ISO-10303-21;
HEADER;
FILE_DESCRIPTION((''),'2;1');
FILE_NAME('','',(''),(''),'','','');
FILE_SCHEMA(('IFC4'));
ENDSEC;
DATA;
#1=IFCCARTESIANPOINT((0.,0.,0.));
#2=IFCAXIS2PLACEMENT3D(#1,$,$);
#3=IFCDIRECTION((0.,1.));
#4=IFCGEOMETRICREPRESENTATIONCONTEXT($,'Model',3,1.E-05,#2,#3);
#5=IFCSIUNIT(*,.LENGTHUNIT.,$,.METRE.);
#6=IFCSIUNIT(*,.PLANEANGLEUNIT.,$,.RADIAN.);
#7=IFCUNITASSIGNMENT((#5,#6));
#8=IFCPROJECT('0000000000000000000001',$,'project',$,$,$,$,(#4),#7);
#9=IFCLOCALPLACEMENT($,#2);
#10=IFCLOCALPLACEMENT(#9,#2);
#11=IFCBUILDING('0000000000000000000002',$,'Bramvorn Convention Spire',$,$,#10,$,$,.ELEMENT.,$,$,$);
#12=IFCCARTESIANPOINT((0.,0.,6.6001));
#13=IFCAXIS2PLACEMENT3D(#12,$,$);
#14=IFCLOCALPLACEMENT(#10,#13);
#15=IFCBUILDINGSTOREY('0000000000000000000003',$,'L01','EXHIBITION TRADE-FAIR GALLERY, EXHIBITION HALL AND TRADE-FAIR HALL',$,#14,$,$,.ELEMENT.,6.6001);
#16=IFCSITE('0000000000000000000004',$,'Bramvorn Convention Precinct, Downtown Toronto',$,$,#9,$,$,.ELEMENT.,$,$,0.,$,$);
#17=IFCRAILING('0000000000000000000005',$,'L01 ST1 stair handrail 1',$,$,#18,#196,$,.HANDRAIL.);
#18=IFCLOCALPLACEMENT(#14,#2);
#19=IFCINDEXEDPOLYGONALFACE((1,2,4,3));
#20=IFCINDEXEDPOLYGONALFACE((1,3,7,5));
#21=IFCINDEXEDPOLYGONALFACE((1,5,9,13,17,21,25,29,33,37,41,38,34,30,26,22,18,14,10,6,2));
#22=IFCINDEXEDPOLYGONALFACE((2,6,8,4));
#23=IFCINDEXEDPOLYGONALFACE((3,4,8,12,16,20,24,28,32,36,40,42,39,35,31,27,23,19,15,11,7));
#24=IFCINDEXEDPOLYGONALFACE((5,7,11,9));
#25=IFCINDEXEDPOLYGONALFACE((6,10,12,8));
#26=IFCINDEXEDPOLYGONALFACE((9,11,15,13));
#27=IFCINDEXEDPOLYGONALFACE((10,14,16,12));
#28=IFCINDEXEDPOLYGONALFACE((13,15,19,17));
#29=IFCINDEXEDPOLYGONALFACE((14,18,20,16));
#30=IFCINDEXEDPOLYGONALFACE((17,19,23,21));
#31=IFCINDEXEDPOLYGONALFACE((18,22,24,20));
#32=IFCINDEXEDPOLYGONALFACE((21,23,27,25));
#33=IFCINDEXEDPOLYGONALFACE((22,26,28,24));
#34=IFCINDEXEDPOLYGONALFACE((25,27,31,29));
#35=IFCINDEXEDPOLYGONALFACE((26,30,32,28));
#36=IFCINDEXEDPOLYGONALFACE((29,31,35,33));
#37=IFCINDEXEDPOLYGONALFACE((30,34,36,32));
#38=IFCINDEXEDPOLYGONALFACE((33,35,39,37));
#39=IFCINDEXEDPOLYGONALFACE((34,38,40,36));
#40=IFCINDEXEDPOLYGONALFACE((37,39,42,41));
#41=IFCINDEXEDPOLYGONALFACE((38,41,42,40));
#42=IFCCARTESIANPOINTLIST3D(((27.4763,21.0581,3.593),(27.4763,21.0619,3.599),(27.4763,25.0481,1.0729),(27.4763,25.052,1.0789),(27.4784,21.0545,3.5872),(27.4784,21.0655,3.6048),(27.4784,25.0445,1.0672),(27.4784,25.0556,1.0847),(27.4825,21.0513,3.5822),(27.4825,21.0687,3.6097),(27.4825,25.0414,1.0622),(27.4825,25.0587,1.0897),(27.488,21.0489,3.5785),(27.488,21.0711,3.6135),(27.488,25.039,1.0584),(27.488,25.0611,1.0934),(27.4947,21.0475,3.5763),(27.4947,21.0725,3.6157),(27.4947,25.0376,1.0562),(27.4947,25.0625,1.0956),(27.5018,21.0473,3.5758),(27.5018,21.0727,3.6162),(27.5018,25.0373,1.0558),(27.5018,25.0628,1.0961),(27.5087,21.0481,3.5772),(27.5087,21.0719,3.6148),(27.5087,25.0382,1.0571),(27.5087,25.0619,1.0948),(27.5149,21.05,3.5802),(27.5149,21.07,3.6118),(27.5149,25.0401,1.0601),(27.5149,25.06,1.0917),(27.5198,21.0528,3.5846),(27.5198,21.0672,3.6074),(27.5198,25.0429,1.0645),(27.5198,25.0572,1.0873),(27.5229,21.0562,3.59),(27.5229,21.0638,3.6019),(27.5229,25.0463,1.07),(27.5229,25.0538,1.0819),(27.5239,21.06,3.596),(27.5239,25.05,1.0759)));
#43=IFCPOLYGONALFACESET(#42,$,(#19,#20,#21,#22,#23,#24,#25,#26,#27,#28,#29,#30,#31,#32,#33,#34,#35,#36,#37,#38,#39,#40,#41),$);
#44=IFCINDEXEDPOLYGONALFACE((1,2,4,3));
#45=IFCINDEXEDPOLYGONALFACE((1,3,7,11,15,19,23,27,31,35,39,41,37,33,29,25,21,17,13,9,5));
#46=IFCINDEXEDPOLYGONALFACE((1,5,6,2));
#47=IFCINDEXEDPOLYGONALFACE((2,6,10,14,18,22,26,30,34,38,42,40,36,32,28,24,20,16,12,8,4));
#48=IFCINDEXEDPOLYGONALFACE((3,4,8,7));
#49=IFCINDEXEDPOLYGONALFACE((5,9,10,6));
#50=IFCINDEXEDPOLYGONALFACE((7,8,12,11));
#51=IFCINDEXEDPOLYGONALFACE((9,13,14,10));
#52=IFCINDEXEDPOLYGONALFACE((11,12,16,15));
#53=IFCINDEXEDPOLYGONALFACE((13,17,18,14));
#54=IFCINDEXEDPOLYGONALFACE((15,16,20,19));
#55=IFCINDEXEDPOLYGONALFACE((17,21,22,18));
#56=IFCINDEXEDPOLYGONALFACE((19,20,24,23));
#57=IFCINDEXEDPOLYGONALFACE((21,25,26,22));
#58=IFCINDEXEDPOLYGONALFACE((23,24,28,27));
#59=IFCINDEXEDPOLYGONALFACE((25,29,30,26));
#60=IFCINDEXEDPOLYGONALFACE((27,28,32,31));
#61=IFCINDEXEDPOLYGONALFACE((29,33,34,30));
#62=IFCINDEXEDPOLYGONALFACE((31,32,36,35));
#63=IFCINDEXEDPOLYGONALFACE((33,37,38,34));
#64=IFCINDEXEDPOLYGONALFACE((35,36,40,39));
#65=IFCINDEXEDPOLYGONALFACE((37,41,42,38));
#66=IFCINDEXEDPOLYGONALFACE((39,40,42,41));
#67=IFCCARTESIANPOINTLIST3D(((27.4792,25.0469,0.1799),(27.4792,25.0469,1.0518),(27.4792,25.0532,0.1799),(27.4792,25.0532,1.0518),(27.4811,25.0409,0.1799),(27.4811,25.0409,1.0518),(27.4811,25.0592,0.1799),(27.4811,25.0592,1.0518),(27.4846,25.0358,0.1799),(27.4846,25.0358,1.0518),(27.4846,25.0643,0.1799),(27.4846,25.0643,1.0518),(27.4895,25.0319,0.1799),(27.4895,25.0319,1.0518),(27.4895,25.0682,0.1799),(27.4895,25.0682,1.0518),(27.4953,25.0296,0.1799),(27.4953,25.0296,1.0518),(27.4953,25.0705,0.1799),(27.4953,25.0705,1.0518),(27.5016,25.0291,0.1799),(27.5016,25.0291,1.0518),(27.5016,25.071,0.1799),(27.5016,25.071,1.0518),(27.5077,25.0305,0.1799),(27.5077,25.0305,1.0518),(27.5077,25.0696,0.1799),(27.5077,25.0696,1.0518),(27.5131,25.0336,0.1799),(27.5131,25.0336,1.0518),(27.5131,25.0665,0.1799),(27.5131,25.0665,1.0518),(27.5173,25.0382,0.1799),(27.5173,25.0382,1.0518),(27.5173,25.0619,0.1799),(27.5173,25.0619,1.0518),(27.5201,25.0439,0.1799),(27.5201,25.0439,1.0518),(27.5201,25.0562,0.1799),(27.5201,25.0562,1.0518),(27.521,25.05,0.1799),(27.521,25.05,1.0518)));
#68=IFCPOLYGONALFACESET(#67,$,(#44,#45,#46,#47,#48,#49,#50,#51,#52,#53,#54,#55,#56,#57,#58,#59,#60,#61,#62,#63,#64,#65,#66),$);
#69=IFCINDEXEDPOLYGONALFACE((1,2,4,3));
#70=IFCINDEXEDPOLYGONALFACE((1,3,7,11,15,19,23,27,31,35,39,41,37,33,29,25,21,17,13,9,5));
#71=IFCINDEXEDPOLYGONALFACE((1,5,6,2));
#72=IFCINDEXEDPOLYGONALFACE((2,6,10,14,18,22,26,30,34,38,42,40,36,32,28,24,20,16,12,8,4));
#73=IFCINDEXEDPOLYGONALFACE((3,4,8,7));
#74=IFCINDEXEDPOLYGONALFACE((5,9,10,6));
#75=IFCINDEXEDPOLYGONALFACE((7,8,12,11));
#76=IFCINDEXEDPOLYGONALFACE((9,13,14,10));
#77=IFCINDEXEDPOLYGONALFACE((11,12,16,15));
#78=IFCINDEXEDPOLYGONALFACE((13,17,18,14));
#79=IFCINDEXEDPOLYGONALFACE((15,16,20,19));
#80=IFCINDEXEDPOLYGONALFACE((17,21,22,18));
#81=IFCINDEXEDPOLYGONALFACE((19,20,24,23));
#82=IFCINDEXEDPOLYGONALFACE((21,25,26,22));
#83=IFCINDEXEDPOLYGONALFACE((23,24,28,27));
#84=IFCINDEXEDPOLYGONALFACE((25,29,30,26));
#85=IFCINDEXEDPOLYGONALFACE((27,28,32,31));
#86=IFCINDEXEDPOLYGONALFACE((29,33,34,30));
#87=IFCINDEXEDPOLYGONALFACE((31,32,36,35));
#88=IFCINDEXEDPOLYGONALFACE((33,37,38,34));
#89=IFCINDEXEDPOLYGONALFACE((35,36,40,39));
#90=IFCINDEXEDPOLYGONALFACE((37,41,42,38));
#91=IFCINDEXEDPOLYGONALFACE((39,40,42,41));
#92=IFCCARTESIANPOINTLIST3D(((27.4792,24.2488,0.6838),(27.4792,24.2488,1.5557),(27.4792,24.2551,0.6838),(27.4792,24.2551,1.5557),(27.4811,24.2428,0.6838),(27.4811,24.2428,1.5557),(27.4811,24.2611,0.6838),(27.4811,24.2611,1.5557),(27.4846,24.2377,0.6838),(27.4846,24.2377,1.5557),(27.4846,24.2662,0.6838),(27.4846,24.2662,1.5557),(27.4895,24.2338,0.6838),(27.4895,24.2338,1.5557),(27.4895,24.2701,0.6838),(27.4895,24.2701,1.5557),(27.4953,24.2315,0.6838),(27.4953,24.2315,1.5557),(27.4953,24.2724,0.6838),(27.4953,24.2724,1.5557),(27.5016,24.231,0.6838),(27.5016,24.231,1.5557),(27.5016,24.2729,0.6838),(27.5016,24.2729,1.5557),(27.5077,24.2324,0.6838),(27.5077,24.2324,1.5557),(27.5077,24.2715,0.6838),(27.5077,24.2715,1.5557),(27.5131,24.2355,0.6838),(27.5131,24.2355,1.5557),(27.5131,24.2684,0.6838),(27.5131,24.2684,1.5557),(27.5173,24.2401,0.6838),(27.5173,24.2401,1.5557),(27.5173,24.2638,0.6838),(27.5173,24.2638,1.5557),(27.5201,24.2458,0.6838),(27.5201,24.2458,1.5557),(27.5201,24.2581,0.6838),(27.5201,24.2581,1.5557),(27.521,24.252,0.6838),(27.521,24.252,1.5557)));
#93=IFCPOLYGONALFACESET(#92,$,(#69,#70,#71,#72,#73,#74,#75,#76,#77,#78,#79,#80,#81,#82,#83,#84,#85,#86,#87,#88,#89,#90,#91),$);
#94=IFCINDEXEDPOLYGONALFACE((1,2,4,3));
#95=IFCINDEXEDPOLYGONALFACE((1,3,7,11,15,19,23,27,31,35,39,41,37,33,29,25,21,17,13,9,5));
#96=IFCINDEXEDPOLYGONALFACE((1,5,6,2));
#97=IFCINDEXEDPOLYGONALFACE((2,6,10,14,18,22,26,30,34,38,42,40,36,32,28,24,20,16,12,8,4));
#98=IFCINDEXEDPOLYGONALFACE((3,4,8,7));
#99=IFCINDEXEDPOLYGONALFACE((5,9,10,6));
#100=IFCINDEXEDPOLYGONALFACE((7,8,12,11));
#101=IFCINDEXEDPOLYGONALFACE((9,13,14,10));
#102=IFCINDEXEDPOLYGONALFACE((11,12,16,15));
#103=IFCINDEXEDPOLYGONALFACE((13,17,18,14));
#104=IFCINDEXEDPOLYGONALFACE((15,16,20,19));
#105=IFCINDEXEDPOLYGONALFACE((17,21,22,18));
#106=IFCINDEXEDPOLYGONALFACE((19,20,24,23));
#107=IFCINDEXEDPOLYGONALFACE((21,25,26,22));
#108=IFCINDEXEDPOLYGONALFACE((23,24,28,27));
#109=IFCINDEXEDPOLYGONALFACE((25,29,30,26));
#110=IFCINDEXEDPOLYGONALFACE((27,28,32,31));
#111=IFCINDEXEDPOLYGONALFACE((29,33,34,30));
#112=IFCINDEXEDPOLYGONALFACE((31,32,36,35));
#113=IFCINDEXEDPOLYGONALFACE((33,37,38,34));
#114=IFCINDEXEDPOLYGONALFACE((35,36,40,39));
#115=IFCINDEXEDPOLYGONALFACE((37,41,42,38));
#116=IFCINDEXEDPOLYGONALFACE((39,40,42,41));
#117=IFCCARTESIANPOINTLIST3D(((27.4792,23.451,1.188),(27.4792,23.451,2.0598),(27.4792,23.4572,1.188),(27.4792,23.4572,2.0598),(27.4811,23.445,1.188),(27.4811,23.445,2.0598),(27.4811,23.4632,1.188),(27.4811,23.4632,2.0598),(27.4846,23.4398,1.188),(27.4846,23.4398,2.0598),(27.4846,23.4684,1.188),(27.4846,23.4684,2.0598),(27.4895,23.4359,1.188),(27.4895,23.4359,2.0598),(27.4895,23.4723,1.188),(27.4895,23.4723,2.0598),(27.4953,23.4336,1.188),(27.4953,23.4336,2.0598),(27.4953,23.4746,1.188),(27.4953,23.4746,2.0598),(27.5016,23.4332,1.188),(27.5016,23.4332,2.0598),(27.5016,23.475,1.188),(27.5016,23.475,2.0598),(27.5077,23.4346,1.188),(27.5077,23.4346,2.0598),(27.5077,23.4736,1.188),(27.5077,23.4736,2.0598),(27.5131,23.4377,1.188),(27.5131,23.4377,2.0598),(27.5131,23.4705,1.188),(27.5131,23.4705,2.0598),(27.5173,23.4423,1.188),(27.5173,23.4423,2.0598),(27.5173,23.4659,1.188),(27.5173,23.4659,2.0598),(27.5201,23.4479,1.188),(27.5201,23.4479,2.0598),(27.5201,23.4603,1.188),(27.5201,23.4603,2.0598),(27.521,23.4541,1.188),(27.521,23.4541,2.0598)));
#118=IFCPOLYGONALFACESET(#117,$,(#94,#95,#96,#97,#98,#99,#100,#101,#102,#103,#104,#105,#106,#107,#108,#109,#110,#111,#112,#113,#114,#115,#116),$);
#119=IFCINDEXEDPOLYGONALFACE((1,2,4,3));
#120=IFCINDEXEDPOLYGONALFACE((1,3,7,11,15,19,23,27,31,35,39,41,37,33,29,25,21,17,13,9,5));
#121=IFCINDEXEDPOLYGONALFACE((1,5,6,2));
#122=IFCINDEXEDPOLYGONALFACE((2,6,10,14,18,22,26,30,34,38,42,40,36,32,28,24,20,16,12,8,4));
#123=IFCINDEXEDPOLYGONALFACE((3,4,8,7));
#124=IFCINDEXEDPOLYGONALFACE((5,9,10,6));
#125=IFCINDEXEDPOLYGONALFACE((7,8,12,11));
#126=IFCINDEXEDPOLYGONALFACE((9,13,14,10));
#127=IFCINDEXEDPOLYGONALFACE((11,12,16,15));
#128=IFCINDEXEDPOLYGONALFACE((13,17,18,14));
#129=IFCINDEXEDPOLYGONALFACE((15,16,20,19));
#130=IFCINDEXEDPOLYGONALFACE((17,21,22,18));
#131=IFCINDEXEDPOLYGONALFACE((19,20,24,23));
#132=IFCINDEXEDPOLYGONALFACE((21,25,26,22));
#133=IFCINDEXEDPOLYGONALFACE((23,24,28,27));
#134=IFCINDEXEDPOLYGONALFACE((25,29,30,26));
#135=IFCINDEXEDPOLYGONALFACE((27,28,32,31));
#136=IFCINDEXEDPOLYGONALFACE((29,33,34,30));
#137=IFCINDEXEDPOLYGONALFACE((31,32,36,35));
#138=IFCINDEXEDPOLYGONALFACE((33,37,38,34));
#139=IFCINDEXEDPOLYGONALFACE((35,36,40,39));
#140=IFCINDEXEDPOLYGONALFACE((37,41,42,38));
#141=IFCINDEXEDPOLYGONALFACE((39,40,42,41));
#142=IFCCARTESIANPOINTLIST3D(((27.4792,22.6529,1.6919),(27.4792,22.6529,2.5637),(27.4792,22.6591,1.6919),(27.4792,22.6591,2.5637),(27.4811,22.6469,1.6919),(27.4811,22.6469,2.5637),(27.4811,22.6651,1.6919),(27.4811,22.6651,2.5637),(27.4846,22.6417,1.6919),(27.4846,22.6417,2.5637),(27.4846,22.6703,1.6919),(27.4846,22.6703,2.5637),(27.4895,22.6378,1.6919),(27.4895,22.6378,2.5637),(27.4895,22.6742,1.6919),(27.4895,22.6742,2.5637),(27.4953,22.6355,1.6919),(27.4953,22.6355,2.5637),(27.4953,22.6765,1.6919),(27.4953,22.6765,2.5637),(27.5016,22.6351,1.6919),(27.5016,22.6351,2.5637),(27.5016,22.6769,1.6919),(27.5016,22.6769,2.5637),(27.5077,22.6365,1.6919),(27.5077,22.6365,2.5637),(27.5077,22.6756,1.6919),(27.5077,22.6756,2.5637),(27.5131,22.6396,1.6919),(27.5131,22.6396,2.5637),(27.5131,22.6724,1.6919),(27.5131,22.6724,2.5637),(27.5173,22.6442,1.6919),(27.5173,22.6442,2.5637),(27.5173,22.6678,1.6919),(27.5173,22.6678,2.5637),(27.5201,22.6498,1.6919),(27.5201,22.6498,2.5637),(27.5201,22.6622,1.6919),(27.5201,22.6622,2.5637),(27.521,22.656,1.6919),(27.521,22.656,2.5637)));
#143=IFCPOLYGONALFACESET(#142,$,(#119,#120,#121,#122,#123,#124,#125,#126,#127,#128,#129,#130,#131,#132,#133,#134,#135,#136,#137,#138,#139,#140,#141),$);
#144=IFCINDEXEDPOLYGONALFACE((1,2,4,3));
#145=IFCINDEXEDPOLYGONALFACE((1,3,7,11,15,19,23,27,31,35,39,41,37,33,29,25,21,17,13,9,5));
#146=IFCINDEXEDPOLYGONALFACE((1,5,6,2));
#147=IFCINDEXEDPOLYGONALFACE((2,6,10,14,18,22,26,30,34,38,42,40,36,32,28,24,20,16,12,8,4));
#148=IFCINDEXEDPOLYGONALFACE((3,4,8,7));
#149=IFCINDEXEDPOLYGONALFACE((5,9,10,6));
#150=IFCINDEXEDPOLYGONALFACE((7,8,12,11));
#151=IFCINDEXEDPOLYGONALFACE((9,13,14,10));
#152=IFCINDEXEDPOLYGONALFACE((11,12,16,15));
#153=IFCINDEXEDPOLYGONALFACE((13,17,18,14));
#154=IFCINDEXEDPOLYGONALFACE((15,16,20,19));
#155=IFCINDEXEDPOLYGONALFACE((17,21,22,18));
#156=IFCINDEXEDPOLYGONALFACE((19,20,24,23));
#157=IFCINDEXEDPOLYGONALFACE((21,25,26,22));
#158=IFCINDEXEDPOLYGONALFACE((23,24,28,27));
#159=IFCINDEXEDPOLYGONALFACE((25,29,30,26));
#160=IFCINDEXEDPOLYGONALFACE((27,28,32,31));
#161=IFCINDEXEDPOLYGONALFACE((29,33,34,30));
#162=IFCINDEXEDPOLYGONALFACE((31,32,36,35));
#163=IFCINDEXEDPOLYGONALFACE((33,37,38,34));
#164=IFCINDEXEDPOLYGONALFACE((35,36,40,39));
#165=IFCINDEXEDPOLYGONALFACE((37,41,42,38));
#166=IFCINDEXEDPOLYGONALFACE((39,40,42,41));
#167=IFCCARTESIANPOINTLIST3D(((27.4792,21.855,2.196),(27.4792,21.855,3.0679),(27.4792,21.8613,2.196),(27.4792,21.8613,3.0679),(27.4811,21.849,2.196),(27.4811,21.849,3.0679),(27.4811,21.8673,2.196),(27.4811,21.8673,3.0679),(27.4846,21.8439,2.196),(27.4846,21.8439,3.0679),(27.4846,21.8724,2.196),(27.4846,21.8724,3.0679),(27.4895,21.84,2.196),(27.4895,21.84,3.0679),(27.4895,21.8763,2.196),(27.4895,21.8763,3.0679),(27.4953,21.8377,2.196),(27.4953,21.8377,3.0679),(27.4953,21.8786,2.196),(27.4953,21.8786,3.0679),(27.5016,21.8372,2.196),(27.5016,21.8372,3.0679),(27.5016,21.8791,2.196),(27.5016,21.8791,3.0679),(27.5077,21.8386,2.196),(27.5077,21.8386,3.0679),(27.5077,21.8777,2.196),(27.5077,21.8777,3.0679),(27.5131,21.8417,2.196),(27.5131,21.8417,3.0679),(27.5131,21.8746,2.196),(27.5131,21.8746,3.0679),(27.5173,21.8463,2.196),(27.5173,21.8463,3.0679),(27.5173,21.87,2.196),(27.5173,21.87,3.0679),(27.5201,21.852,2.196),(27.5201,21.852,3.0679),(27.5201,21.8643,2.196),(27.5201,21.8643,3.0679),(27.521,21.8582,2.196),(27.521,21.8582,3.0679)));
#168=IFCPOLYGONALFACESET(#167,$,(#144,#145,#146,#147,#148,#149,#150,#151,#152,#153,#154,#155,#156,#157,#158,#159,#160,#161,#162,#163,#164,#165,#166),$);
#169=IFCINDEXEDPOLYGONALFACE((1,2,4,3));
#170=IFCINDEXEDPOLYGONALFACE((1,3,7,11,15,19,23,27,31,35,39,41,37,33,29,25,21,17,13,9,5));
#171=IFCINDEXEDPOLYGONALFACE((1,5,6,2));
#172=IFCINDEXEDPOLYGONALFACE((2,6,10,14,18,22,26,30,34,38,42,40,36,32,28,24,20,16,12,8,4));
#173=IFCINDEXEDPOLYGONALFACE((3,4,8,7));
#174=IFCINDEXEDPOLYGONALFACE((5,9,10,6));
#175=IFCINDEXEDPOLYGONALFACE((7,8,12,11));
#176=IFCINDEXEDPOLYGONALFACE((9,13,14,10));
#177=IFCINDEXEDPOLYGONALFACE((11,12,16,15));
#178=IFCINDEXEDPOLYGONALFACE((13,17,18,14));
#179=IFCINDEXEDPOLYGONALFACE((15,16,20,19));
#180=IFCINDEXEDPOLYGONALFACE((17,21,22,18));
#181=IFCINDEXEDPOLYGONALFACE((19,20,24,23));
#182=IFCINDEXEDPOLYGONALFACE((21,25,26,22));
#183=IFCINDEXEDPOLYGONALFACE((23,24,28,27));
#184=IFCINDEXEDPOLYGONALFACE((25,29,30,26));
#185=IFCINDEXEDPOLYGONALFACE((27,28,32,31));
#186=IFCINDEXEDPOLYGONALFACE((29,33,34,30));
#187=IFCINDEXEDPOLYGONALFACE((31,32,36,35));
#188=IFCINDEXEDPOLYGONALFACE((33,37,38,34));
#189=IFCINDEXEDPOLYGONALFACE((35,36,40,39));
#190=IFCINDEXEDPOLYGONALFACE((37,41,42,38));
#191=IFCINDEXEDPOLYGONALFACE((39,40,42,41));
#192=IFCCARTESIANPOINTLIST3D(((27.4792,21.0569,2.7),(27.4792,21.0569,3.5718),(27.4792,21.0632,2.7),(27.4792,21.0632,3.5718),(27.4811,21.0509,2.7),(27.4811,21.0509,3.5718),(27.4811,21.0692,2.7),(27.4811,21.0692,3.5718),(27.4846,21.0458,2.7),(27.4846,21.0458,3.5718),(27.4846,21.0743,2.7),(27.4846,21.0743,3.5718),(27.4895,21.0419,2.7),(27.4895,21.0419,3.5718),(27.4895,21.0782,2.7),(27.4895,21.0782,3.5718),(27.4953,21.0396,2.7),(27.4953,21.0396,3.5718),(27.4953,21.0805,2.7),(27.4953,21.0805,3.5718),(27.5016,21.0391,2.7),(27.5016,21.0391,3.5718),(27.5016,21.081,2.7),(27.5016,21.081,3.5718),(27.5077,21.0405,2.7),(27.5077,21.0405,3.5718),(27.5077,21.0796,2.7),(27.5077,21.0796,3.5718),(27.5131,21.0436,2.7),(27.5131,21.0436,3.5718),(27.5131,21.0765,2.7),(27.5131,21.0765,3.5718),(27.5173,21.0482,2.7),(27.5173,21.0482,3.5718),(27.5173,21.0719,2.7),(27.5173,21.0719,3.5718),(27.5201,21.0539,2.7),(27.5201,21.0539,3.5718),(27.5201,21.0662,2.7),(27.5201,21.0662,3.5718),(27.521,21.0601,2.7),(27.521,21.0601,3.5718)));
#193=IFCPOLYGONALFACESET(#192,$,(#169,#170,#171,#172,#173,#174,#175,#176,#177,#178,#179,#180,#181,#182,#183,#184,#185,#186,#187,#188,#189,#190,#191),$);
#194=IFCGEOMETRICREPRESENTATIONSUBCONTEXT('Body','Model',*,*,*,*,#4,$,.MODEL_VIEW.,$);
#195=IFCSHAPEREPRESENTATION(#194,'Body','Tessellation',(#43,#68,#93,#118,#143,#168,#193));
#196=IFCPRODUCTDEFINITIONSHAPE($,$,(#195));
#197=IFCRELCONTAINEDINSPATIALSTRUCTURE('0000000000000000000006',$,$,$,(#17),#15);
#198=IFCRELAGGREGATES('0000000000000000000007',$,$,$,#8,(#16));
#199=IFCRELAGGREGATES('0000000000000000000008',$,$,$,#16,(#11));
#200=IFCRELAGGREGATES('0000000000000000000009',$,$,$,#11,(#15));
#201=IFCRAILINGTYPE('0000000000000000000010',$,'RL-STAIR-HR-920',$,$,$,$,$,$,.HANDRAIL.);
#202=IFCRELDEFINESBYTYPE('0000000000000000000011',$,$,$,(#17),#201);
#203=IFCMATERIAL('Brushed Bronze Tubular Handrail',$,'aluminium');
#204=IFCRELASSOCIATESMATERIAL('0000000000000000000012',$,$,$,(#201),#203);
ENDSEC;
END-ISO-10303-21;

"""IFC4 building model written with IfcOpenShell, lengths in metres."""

from ifc_helpers import new_model, si_unit, direction, frame, origin, origin_2d, place, context, subcontext, project, spatial, circle, extrude, material, type_object, element, save


model = new_model("IFC4")

# Units and contexts
model_context = context("Model", 3, precision=1e-05, world=origin(), true_north=direction((0.0, 1.0)))
body_context = subcontext(model_context, "Body", "Model", "MODEL_VIEW")
ifc_project = project(units=[si_unit("LENGTHUNIT", "METRE"), si_unit("PLANEANGLEUNIT", "RADIAN")], contexts=[model_context])

# Site, building, storey
site_placement = place(None, origin())
site = spatial("IfcSite", under=ifc_project, at=site_placement, Name="Bramvorn Convention Precinct, Downtown Toronto", CompositionType="ELEMENT", RefElevation=0.0)
building_placement = place(site_placement, origin())
building = spatial("IfcBuilding", under=site, at=building_placement, Name="Bramvorn Convention Spire", CompositionType="ELEMENT")
storey_placement = place(building_placement, frame((0.0, 0.0, 6.6001)))
storey = spatial("IfcBuildingStorey", under=building, at=storey_placement, Name="L01", Description="EXHIBITION TRADE-FAIR GALLERY, EXHIBITION HALL AND TRADE-FAIR HALL", CompositionType="ELEMENT", Elevation=6.6001)

# Railing
ifc_material_1 = material(Name="Brushed Bronze Tubular Handrail", Category="aluminium")
railing_type_1 = type_object("IfcRailingType", Name="RL-STAIR-HR-920", PredefinedType="HANDRAIL", material=ifc_material_1)
railing_1_placement = place(storey_placement, frame((27.5, 25.05, 0.1799)))
element("IfcRailing", 1, at=railing_1_placement, inside=storey, type_object=railing_type_1, Name="L01 ST1 stair handrail 1", PredefinedType="HANDRAIL", context=body_context, shape_type="SweptSolid", body=[
    extrude(circle(Radius=0.0239, at=origin_2d()), frame((0.0, 0.0, 0.896), z_axis=(0.0, -0.845486, 0.533997), x_axis=(1.0, 0.0, 0.0)), (0.0, 0.0, 1.0), 4.7192),
    extrude(circle(Radius=0.021, at=origin_2d()), origin(), (0.0, 0.0, 1.0), 0.8718),
    extrude(circle(Radius=0.021, at=origin_2d()), frame((0.0, -0.7981, 0.5039)), (0.0, 0.0, 1.0), 0.8718),
    extrude(circle(Radius=0.021, at=origin_2d()), frame((0.0, -1.5959, 1.0081)), (0.0, 0.0, 1.0), 0.8718),
    extrude(circle(Radius=0.021, at=origin_2d()), frame((0.0, -2.394, 1.512)), (0.0, 0.0, 1.0), 0.8718),
    extrude(circle(Radius=0.021, at=origin_2d()), frame((0.0, -3.1919, 2.0161)), (0.0, 0.0, 1.0), 0.8718),
    extrude(circle(Radius=0.021, at=origin_2d()), frame((0.0, -3.99, 2.52)), (0.0, 0.0, 1.0), 0.8718),
])

save(model, "model.ifc")
